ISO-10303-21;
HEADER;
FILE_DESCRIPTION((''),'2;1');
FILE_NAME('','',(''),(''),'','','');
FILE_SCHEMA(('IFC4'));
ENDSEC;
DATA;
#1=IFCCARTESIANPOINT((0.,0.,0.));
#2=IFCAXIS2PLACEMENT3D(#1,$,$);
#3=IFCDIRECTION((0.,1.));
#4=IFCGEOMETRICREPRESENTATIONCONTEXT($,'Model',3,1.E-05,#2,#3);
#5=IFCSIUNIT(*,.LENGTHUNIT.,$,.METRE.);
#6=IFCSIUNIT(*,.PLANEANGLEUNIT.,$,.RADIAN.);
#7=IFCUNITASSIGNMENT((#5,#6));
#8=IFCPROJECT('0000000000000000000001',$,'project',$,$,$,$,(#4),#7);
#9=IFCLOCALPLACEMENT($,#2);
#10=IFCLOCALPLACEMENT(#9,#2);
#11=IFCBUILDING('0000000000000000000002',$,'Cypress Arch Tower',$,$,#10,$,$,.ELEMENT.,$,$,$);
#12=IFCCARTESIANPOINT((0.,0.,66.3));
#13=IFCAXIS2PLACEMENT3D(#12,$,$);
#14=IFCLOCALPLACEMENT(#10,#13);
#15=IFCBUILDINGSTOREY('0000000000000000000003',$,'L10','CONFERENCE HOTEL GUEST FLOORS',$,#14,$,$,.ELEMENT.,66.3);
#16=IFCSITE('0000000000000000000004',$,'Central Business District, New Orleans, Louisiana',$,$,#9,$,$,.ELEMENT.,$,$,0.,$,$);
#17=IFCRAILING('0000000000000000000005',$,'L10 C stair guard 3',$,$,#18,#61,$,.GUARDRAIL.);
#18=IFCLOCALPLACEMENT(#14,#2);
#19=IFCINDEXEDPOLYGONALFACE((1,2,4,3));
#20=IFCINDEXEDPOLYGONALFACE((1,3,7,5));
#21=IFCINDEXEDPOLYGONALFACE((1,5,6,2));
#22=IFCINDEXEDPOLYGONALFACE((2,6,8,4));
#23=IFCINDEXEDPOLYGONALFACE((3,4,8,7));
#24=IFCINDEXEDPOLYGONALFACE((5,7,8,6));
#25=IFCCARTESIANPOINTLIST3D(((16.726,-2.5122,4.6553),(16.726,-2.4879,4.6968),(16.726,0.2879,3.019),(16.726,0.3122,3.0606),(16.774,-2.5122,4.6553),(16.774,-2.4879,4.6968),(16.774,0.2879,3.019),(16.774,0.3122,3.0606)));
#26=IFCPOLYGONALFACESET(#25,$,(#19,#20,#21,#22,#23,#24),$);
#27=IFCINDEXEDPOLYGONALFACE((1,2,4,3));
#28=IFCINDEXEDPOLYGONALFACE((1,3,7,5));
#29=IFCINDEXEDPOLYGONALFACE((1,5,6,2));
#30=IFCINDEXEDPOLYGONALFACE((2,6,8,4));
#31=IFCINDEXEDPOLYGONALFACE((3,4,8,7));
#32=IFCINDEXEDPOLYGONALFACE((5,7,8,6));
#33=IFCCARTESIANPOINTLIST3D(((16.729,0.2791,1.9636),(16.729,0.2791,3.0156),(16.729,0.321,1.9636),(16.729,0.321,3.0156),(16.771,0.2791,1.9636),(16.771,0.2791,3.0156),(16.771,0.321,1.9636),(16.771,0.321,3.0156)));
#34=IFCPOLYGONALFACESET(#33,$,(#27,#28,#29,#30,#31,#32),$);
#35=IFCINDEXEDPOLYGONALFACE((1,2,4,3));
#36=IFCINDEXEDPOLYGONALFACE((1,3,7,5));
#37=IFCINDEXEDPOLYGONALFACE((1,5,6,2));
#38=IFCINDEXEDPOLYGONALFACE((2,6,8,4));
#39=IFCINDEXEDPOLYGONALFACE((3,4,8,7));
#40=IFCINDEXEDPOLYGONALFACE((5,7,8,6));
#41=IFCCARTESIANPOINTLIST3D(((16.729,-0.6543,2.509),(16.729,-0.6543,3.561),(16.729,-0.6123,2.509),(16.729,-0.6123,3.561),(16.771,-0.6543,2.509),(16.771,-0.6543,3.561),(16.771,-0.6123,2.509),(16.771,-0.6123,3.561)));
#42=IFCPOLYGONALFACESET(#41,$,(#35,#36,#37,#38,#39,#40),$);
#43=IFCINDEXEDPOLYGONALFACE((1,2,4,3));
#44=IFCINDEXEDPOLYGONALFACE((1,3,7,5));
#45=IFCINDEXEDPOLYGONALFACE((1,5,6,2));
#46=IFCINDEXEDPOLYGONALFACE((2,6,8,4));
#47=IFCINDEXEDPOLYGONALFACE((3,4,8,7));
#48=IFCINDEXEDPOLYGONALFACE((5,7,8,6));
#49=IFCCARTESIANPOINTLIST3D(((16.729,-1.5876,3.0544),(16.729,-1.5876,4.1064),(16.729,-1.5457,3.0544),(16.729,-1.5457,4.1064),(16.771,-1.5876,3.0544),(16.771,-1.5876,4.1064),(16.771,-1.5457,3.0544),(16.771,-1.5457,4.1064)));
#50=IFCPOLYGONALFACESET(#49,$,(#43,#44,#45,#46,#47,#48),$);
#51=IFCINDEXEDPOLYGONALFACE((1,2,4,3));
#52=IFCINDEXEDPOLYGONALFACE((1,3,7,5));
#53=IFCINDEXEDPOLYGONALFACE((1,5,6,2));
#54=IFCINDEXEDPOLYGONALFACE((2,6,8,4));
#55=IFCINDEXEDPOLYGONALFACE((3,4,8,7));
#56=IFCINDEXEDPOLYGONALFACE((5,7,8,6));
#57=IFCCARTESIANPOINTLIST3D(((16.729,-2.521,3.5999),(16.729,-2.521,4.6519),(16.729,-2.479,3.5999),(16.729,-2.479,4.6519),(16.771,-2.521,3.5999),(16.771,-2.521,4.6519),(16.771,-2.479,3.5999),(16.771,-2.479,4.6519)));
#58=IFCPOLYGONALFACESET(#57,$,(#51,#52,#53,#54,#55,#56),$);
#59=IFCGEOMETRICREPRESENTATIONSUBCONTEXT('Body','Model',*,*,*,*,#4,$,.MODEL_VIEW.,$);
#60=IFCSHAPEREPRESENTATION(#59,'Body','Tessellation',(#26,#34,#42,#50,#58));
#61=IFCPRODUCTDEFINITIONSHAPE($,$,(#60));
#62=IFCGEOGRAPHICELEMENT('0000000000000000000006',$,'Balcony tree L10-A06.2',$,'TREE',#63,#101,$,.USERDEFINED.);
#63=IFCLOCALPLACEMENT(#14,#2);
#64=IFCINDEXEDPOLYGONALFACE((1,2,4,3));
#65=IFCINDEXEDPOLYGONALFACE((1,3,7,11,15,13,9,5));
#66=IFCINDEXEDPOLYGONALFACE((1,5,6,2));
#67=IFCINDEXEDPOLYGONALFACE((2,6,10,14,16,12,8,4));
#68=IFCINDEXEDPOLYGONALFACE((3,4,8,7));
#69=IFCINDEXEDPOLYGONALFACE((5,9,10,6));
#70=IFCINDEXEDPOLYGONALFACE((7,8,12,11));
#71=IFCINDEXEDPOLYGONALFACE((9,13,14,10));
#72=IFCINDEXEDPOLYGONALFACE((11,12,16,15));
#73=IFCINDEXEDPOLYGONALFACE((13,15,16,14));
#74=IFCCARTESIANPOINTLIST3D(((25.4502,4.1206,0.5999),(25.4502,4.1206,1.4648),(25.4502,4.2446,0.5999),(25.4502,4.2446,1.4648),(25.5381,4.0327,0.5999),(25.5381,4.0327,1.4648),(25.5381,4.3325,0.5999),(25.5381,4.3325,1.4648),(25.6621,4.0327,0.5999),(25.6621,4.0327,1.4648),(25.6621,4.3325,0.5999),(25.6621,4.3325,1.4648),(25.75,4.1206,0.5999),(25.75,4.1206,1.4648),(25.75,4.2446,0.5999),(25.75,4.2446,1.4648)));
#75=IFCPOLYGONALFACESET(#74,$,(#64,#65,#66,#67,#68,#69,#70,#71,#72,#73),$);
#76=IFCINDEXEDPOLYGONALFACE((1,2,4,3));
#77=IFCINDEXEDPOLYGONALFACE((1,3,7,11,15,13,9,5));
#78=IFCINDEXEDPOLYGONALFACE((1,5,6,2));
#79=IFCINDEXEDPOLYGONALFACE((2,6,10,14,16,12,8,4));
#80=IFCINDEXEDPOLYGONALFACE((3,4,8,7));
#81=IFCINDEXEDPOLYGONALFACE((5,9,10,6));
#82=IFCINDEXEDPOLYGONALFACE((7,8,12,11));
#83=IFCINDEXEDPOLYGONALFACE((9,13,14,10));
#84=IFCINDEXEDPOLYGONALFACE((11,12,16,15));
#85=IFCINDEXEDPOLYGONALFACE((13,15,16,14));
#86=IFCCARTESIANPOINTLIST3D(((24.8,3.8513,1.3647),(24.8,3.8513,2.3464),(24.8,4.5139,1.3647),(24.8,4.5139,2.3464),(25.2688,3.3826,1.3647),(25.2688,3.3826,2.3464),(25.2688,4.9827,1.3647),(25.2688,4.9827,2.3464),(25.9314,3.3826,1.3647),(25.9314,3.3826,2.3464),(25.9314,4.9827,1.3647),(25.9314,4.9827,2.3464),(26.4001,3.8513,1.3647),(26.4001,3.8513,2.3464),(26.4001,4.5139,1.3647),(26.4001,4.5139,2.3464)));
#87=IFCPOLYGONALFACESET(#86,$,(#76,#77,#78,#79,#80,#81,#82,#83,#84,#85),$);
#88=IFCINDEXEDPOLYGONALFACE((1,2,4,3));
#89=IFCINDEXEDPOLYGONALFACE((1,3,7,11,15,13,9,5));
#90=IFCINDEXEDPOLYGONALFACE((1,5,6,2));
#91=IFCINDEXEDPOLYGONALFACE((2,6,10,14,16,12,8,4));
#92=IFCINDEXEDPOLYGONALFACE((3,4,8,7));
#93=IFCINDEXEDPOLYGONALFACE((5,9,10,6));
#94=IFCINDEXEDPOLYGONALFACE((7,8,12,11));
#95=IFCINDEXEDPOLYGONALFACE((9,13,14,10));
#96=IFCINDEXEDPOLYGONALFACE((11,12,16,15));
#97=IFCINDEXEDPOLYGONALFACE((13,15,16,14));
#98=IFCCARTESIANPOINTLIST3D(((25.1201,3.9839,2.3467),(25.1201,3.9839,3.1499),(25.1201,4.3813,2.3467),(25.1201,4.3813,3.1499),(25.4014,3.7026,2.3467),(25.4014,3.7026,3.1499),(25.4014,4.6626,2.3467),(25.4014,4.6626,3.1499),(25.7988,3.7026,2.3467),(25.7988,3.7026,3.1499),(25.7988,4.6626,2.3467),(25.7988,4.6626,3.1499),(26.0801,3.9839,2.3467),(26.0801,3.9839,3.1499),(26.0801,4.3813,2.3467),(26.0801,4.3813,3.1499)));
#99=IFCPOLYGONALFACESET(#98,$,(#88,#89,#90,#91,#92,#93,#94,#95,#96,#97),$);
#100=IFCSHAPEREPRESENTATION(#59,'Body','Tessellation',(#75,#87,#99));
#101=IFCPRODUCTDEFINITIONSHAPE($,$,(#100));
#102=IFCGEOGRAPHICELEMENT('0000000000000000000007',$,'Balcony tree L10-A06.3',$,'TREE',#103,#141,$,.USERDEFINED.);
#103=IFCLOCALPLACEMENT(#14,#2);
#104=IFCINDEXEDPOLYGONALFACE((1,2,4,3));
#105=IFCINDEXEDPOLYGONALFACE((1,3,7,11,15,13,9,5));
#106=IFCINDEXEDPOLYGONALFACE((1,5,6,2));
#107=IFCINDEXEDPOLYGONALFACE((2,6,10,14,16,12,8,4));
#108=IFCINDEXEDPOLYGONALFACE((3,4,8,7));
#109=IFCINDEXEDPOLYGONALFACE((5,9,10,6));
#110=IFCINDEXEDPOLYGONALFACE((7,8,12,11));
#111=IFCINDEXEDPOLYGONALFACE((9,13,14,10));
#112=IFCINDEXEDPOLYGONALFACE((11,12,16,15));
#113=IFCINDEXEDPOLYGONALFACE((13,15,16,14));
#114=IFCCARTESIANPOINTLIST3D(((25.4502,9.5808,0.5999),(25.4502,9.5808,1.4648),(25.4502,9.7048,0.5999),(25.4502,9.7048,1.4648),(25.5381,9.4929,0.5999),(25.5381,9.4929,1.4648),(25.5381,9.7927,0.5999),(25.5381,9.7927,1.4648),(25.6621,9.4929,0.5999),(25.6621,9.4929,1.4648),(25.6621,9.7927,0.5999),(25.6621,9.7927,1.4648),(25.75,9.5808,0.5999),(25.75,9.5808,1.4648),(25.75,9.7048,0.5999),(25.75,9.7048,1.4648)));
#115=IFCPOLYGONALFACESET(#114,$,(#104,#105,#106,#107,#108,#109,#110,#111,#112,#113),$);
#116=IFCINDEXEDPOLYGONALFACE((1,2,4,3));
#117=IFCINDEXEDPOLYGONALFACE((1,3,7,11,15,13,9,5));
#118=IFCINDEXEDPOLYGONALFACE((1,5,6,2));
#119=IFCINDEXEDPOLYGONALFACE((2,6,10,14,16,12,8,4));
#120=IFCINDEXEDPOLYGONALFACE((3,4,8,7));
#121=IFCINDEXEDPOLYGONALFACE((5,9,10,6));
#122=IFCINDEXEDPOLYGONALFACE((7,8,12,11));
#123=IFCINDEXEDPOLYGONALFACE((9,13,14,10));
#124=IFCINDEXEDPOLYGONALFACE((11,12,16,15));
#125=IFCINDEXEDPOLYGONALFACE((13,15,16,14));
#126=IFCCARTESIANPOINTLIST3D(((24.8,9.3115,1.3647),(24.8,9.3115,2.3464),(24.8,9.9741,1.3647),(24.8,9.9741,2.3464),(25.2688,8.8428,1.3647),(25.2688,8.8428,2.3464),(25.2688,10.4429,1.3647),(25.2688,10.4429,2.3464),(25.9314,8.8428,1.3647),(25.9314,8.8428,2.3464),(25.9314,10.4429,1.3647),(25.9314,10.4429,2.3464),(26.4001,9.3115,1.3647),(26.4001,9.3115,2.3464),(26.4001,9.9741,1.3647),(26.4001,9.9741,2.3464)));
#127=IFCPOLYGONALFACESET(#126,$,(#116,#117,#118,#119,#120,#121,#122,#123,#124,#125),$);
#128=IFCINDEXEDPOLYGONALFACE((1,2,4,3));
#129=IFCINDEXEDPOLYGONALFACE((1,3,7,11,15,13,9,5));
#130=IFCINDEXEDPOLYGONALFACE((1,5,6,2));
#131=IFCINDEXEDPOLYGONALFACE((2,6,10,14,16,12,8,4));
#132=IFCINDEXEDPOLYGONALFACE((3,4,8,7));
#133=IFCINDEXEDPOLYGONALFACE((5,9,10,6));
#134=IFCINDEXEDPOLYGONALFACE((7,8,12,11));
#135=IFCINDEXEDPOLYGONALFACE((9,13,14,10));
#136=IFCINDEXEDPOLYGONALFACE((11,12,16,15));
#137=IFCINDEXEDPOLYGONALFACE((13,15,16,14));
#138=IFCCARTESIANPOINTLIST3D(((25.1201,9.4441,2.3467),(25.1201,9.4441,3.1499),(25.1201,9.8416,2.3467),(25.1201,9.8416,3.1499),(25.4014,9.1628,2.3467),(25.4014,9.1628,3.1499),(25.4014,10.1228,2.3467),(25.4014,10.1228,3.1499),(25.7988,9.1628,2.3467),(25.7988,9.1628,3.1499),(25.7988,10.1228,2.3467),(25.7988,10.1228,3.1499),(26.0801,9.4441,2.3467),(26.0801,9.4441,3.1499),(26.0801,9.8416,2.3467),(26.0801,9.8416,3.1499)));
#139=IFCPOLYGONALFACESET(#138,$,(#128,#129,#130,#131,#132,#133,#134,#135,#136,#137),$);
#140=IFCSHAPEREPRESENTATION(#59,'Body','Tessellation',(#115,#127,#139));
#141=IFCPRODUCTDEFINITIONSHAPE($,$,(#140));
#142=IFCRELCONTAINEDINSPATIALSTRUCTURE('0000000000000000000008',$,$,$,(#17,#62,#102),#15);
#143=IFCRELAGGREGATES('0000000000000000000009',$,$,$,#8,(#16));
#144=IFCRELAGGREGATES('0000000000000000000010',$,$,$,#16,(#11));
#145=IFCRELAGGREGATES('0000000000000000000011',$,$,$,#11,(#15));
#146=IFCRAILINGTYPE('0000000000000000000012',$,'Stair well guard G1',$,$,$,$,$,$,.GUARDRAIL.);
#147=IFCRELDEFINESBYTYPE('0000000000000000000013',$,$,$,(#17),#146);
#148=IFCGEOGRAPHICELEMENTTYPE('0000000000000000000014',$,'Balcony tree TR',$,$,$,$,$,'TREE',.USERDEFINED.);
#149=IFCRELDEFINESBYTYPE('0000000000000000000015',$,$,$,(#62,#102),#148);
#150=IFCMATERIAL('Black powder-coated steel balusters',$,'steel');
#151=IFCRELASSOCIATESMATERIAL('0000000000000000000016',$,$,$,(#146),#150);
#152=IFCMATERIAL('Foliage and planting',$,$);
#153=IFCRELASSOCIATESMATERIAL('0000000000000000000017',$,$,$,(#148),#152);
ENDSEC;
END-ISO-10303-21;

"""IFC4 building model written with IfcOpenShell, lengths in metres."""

from ifc_helpers import new_model, si_unit, direction, frame, origin, origin_2d, place, context, subcontext, project, spatial, polyline, rectangle, outline, extrude, material, type_object, element, save


model = new_model("IFC4")

# Units and contexts
model_context = context("Model", 3, precision=1e-05, world=origin(), true_north=direction((0.0, 1.0)))
body_context = subcontext(model_context, "Body", "Model", "MODEL_VIEW")
ifc_project = project(units=[si_unit("LENGTHUNIT", "METRE"), si_unit("PLANEANGLEUNIT", "RADIAN")], contexts=[model_context])

# Site, building, storey
site_placement = place(None, origin())
site = spatial("IfcSite", under=ifc_project, at=site_placement, Name="Central Business District, New Orleans, Louisiana", CompositionType="ELEMENT", RefElevation=0.0)
building_placement = place(site_placement, origin())
building = spatial("IfcBuilding", under=site, at=building_placement, Name="Cypress Arch Tower", CompositionType="ELEMENT")
storey_placement = place(building_placement, frame((0.0, 0.0, 66.3)))
storey = spatial("IfcBuildingStorey", under=building, at=storey_placement, Name="L10", Description="CONFERENCE HOTEL GUEST FLOORS", CompositionType="ELEMENT", Elevation=66.3)

# Railing
ifc_material_1 = material(Name="Black powder-coated steel balusters", Category="steel")
railing_type_1 = type_object("IfcRailingType", Name="Stair well guard G1", PredefinedType="GUARDRAIL", material=ifc_material_1)
railing_1_placement = place(storey_placement, frame((16.75, 0.3, 1.9636)))
element("IfcRailing", 1, at=railing_1_placement, inside=storey, type_object=railing_type_1, Name="L10 C stair guard 3", PredefinedType="GUARDRAIL", context=body_context, shape_type="SweptSolid", body=[
    extrude(rectangle(XDim=0.0481, YDim=0.0481, at=origin_2d()), frame((0.0, 0.0, 1.0762), z_axis=(0.0, -0.863394, 0.504531), x_axis=(1.0, 0.0, 0.0)), (0.0, 0.0, 1.0), 3.2432),
    extrude(rectangle(XDim=0.042, YDim=0.042, at=origin_2d()), origin(), (0.0, 0.0, 1.0), 1.052),
    extrude(rectangle(XDim=0.042, YDim=0.042, at=origin_2d()), frame((0.0, -0.9333, 0.5454)), (0.0, 0.0, 1.0), 1.052),
    extrude(rectangle(XDim=0.042, YDim=0.042, at=origin_2d()), frame((0.0, -1.8667, 1.0908)), (0.0, 0.0, 1.0), 1.052),
    extrude(rectangle(XDim=0.042, YDim=0.042, at=origin_2d()), frame((0.0, -2.8, 1.6362)), (0.0, 0.0, 1.0), 1.052),
])

# Geographic elements
ifc_material_2 = material(Name="Foliage and planting")
geographic_element_type = type_object("IfcGeographicElementType", Name="Balcony tree TR", ElementType="TREE", PredefinedType="USERDEFINED", material=ifc_material_2)
for number, where, z_axis, x_axis, name in (
    (2, (25.6001, 4.1826, 0.5999), (0.0, 0.0, 1.0), (1.0, 0.0, 0.0), "Balcony tree L10-A06.2"),
    (3, (25.6001, 9.6428, 0.5999), (0.0, 0.0, 1.0), (1.0, 0.0, 0.0), "Balcony tree L10-A06.3"),
):
    element("IfcGeographicElement", number, at=place(storey_placement, frame(where, z_axis=z_axis, x_axis=x_axis)), inside=storey, type_object=geographic_element_type, Name=name, ObjectType="TREE", PredefinedType="USERDEFINED", context=body_context, shape_type="SweptSolid", body=[
        extrude(outline(polyline([(0.1499, 0.062), (0.062, 0.1499), (-0.062, 0.1499), (-0.1499, 0.062), (-0.1499, -0.062), (-0.062, -0.1499), (0.062, -0.1499), (0.1499, -0.062), (0.1499, 0.062)])), origin(), (0.0, 0.0, 1.0), 0.865),
        extrude(outline(polyline([(0.8, 0.3313), (0.3313, 0.8), (-0.3313, 0.8), (-0.8, 0.3313), (-0.8, -0.3313), (-0.3313, -0.8), (0.3313, -0.8), (0.8, -0.3313), (0.8, 0.3313)])), frame((0.0, 0.0, 0.7649)), (0.0, 0.0, 1.0), 0.9817),
        extrude(outline(polyline([(0.48, 0.1987), (0.1987, 0.48), (-0.1987, 0.48), (-0.48, 0.1987), (-0.48, -0.1987), (-0.1987, -0.48), (0.1987, -0.48), (0.48, -0.1987), (0.48, 0.1987)])), frame((0.0, 0.0, 1.7468)), (0.0, 0.0, 1.0), 0.8032),
    ])

save(model, "model.ifc")
